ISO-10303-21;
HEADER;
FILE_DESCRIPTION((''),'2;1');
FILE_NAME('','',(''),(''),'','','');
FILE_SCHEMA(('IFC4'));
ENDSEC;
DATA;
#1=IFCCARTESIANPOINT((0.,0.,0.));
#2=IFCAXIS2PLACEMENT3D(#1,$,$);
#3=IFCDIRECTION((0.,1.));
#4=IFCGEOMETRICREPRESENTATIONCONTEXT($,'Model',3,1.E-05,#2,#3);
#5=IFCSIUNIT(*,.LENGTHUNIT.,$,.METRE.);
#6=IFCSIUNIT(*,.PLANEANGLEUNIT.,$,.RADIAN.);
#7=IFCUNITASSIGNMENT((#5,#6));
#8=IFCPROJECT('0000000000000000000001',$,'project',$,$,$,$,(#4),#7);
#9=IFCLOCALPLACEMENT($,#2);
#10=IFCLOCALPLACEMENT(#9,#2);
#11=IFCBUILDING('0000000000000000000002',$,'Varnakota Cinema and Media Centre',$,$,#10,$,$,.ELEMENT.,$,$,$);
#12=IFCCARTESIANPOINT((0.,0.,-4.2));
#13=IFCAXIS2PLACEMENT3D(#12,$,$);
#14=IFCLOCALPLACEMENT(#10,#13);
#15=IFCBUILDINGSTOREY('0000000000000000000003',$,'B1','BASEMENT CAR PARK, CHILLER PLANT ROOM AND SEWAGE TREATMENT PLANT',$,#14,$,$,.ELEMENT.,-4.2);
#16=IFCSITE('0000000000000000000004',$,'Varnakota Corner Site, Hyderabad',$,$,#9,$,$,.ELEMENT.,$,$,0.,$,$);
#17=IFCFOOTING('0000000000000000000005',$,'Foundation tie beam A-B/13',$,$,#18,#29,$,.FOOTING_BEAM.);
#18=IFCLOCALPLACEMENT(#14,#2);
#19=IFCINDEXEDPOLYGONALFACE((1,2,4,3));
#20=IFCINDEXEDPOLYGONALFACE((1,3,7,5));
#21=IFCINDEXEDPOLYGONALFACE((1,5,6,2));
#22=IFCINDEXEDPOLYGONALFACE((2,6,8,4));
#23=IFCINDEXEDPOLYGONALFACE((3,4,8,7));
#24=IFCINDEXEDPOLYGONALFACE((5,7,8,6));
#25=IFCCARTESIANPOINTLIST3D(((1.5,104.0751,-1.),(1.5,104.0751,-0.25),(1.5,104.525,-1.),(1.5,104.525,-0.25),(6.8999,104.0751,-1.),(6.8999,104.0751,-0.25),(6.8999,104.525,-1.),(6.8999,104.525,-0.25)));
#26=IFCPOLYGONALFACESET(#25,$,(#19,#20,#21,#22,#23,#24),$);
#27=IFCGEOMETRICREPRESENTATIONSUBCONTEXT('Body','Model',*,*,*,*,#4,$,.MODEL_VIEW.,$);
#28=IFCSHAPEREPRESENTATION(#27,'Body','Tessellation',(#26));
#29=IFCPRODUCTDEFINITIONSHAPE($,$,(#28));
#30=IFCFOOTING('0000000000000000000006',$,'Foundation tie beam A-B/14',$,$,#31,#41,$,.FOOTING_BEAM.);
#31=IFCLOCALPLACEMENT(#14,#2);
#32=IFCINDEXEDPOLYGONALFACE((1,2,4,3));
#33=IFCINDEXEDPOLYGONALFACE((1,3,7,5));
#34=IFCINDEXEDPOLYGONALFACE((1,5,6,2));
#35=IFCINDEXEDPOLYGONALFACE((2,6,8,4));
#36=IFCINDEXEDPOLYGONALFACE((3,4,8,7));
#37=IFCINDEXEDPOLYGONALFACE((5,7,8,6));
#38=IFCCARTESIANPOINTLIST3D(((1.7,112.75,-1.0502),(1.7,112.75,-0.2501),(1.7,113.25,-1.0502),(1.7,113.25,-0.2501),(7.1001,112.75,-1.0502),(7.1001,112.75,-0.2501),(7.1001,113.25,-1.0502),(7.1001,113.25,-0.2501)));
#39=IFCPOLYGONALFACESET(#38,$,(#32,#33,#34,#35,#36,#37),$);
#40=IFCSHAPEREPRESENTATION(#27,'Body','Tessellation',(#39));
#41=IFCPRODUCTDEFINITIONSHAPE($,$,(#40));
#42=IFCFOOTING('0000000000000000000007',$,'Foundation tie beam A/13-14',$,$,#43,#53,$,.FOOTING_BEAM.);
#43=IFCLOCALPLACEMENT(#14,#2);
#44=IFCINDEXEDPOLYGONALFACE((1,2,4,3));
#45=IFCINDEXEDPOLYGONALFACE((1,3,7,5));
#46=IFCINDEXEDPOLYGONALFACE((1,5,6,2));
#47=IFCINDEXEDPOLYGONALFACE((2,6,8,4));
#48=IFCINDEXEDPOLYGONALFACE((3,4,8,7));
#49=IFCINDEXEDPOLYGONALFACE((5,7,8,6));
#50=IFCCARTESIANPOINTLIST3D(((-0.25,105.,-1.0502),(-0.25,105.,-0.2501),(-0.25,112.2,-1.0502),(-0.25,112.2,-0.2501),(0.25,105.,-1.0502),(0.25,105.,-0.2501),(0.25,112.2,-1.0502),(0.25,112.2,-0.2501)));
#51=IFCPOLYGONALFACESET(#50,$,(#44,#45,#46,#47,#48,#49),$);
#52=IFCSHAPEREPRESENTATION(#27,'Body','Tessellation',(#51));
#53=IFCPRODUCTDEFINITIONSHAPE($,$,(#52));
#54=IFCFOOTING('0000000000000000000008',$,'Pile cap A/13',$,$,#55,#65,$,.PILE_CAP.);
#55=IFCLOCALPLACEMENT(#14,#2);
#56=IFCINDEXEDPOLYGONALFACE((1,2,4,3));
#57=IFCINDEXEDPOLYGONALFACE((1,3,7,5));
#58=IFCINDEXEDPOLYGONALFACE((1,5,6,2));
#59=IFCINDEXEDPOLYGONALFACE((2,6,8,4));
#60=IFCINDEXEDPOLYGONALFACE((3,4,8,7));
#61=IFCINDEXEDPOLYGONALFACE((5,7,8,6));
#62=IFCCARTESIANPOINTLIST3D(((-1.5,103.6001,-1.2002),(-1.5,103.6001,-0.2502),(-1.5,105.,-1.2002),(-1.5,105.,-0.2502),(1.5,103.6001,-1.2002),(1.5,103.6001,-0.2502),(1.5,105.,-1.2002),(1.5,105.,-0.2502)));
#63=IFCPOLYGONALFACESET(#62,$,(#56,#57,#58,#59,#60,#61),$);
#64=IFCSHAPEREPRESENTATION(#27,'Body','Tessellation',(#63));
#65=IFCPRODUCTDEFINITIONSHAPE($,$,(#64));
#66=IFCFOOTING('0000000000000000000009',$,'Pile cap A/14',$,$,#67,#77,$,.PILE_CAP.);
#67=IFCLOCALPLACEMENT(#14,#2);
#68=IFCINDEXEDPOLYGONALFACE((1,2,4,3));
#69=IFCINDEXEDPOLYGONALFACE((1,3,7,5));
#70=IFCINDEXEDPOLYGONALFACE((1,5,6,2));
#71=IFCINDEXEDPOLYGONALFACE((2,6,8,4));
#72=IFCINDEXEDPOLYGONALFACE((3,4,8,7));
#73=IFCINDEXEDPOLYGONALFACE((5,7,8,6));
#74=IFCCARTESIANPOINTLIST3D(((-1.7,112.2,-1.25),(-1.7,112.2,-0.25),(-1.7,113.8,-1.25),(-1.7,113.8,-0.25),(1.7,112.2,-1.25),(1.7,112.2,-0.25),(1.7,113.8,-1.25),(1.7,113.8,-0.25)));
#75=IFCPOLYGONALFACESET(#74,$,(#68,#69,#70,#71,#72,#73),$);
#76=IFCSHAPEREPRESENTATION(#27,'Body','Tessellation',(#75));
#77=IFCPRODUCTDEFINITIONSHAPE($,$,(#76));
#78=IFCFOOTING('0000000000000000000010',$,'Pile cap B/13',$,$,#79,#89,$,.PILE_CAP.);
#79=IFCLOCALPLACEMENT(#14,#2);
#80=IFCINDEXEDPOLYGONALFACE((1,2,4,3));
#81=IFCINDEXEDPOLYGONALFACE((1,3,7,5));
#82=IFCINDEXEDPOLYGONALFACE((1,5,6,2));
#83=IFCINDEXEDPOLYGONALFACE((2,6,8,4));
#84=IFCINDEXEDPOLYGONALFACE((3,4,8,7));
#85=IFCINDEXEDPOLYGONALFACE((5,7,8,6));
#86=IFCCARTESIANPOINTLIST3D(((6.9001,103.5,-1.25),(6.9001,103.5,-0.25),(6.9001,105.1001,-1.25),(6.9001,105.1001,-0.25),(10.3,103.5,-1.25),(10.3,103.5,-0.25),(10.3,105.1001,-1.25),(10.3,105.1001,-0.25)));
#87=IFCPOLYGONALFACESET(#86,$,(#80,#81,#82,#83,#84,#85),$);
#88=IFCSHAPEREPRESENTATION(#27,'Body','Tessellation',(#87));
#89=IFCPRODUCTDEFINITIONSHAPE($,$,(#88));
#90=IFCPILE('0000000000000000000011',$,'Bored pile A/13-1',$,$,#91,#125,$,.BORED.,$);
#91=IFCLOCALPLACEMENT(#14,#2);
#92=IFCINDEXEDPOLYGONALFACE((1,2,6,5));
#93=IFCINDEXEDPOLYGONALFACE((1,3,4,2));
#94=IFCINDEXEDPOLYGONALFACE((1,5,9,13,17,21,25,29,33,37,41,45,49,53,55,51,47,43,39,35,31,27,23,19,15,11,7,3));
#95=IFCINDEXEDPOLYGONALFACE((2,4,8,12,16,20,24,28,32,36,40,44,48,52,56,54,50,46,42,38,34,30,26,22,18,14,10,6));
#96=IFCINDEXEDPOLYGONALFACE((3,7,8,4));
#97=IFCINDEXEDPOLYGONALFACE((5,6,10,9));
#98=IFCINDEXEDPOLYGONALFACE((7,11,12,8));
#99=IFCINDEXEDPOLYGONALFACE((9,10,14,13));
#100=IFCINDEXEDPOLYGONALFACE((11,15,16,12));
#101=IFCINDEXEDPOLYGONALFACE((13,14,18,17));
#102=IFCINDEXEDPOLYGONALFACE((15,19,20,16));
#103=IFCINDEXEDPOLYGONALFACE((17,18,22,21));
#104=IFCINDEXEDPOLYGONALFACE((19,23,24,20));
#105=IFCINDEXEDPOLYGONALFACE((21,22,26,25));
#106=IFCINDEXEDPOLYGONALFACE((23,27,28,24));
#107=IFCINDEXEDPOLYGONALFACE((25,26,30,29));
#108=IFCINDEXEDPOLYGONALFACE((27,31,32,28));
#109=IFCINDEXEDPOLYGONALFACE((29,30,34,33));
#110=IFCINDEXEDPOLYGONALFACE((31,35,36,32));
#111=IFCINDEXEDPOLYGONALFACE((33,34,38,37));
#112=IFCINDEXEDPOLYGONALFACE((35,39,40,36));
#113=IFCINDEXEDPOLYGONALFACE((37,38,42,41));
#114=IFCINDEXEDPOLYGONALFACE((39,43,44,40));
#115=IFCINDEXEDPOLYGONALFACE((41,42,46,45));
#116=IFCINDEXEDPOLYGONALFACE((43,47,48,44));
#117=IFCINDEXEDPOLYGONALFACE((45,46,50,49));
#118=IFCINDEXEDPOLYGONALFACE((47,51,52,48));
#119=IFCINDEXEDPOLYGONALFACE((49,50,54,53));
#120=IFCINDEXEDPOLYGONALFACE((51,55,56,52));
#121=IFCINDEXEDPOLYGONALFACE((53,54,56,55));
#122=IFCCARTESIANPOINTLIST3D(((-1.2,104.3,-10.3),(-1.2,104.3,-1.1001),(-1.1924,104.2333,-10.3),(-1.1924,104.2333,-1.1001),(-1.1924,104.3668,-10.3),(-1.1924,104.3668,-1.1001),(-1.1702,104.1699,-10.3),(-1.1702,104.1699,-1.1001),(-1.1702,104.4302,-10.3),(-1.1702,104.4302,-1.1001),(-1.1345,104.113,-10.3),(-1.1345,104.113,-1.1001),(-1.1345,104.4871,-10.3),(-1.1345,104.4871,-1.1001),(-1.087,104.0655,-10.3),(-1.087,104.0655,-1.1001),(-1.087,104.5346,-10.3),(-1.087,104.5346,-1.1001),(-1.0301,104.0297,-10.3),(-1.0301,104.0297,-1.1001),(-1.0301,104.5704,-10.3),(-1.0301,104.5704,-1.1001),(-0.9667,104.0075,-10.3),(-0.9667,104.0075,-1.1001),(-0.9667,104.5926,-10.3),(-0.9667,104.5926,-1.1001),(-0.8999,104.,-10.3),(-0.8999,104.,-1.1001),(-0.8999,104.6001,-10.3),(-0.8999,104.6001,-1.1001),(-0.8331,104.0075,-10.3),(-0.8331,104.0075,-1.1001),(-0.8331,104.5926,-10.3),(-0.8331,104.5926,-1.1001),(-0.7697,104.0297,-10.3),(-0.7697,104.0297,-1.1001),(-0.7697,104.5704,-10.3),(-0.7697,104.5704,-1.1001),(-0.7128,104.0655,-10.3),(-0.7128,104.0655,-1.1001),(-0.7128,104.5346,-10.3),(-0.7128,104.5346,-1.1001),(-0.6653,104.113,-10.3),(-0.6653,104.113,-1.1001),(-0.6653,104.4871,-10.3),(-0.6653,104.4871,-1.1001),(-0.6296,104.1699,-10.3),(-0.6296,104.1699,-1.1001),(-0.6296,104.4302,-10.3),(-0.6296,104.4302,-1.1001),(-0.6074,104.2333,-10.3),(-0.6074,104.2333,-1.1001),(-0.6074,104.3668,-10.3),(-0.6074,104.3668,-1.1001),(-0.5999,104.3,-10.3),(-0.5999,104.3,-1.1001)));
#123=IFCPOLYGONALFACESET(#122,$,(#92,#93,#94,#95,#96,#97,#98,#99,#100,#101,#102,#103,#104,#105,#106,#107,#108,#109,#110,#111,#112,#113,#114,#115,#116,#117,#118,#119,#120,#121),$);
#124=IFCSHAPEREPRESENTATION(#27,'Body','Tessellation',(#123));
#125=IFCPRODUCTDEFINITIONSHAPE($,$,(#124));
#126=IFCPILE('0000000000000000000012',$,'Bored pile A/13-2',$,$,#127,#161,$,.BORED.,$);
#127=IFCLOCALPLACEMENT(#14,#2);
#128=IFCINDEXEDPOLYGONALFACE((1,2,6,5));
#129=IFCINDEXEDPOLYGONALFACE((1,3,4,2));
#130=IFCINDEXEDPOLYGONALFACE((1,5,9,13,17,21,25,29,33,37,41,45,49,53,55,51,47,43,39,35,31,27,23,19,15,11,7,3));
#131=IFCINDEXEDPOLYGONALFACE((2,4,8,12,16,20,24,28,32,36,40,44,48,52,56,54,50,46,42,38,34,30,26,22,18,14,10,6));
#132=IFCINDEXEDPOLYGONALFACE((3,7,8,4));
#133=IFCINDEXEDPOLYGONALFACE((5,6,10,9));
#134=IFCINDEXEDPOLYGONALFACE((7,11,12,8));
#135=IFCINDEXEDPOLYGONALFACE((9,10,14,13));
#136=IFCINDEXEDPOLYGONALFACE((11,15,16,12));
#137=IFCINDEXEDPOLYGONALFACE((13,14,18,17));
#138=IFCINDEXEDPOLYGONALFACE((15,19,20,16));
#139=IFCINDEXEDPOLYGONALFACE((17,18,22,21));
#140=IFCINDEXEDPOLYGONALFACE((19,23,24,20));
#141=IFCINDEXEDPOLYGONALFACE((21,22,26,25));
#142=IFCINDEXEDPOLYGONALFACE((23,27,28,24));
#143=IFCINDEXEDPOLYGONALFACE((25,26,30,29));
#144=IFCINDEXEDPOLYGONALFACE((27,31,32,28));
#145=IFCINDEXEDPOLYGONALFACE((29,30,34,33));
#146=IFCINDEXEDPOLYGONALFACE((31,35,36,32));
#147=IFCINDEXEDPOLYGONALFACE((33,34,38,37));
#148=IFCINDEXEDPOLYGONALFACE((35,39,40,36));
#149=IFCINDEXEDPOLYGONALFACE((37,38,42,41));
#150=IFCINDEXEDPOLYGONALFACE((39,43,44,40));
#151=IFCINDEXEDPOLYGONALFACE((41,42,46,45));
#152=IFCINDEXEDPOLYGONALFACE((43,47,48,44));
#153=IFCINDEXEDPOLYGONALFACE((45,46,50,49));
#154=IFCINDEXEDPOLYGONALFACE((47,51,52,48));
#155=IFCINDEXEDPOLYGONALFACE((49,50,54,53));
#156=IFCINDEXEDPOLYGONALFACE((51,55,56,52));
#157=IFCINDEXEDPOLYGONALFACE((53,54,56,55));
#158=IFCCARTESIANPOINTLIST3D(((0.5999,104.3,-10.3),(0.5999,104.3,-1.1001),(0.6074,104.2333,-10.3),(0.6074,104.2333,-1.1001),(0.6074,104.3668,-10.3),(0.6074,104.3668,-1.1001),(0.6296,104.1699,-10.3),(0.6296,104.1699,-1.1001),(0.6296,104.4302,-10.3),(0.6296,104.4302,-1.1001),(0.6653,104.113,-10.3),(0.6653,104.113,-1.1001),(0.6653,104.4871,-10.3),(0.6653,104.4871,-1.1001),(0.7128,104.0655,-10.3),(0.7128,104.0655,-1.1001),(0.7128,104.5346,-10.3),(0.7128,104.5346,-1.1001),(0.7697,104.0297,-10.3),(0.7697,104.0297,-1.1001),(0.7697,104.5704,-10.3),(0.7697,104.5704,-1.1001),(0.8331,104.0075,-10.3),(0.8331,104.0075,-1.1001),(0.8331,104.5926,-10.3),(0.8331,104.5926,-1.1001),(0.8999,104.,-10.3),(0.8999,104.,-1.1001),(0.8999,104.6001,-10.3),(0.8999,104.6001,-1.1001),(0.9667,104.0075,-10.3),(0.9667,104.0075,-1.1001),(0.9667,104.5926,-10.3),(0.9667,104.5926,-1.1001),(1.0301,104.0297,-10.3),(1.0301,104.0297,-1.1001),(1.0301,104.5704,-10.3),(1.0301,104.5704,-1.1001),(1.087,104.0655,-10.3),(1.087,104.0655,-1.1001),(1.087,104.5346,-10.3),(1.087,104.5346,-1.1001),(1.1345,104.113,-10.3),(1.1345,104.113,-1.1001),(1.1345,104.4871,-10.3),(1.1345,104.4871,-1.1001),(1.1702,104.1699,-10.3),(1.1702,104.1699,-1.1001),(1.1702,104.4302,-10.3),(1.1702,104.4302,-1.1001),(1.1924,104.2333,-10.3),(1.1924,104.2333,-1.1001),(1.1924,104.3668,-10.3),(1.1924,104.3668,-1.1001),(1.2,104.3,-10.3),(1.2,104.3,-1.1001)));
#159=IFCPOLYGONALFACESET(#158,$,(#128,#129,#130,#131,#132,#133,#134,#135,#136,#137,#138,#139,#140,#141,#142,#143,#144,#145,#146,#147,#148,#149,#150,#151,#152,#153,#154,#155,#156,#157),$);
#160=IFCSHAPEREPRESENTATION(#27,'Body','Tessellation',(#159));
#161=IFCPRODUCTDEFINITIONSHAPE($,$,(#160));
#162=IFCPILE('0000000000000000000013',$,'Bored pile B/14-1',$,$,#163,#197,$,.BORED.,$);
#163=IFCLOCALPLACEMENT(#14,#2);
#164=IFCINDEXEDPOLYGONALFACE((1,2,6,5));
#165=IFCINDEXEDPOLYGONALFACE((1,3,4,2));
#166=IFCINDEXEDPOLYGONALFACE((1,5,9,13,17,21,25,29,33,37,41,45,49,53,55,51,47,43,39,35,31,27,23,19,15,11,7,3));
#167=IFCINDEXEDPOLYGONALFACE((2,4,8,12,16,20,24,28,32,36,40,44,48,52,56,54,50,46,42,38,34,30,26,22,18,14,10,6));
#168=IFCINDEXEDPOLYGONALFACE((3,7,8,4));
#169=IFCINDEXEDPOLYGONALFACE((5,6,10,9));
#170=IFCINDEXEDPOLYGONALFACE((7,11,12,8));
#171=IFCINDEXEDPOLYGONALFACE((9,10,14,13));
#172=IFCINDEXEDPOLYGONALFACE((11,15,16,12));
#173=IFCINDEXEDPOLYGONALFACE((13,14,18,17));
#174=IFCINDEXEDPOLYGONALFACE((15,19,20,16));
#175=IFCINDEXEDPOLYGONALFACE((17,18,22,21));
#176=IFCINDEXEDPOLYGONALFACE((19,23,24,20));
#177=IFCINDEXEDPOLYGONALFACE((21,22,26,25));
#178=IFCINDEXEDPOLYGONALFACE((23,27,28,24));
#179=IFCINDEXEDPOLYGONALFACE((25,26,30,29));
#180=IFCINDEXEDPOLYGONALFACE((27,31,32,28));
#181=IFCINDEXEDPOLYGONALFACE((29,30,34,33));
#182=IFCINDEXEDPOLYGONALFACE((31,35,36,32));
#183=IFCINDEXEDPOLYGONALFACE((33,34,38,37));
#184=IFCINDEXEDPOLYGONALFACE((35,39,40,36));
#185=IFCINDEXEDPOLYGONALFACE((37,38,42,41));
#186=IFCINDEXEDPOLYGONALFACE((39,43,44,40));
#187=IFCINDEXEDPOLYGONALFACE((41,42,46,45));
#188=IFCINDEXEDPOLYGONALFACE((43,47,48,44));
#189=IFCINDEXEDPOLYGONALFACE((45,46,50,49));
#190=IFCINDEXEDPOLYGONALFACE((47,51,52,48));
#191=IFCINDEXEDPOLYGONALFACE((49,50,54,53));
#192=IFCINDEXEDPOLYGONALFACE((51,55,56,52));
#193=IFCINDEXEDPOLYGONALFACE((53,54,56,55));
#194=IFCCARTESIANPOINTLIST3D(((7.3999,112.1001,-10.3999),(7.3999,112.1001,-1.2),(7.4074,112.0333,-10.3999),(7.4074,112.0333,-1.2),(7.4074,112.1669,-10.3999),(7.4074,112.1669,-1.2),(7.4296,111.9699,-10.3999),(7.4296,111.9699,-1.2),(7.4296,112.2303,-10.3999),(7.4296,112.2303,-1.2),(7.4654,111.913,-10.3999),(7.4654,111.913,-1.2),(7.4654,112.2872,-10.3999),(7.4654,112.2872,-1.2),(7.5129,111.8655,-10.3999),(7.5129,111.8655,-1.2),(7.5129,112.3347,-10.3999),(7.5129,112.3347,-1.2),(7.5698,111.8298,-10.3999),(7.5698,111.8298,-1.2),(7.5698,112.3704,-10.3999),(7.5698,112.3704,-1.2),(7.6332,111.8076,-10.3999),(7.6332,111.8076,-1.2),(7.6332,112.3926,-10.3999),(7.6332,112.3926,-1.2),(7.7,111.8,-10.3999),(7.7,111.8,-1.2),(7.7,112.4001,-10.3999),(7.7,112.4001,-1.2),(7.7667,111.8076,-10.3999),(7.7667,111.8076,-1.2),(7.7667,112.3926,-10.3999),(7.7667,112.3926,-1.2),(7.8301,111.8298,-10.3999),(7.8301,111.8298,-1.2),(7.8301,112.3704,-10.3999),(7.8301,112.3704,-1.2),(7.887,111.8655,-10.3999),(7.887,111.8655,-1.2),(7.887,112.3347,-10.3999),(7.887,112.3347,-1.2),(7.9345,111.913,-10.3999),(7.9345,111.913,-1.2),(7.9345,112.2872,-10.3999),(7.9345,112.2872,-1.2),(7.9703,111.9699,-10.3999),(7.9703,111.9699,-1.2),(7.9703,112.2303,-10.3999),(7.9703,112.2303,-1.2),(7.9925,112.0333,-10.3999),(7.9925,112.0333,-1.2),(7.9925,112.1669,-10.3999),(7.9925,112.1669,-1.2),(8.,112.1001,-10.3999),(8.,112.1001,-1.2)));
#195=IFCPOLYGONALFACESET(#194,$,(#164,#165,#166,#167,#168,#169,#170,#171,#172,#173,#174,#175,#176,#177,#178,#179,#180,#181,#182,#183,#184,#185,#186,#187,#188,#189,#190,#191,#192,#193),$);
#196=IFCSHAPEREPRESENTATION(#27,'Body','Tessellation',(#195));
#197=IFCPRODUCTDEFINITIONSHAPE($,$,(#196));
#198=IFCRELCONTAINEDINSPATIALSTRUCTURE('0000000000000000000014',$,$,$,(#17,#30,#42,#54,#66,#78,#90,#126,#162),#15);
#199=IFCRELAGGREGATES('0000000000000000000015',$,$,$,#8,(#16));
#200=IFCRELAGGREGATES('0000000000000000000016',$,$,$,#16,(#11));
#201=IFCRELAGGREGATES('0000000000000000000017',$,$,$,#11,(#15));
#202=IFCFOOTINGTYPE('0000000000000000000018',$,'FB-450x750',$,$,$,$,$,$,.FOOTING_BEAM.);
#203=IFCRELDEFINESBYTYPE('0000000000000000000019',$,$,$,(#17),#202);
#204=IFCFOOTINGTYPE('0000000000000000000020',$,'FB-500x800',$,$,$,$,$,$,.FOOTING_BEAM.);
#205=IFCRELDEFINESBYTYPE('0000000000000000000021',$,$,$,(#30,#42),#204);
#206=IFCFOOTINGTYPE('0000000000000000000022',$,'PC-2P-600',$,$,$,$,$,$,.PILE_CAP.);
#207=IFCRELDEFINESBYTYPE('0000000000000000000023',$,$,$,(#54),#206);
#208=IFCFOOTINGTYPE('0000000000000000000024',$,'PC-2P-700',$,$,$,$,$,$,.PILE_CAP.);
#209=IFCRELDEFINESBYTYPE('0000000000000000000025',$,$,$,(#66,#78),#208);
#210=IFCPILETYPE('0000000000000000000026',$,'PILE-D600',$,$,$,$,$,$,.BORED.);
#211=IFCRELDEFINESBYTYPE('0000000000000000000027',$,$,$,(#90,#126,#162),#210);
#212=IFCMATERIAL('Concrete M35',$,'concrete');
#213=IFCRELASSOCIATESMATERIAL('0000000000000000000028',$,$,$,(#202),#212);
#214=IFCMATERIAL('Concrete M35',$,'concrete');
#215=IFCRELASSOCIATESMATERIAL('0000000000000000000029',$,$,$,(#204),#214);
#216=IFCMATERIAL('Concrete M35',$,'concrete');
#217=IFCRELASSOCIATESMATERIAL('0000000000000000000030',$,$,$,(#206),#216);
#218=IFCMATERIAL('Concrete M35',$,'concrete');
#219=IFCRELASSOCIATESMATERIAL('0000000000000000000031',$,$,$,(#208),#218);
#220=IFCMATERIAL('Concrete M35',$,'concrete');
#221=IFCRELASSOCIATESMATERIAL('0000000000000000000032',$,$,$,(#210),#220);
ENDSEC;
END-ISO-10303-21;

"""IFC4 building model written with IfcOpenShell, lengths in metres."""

from ifc_helpers import new_model, si_unit, direction, frame, origin, origin_2d, place, context, subcontext, project, spatial, rectangle, circle, extrude, material, material_profile, profile_set, type_object, element, save


model = new_model("IFC4")

# Units and contexts
model_context = context("Model", 3, precision=1e-05, world=origin(), true_north=direction((0.0, 1.0)))
body_context = subcontext(model_context, "Body", "Model", "MODEL_VIEW")
ifc_project = project(units=[si_unit("LENGTHUNIT", "METRE"), si_unit("PLANEANGLEUNIT", "RADIAN")], contexts=[model_context])

# Site, building, storey
site_placement = place(None, origin())
site = spatial("IfcSite", under=ifc_project, at=site_placement, Name="Varnakota Corner Site, Hyderabad", CompositionType="ELEMENT", RefElevation=0.0)
building_placement = place(site_placement, origin())
building = spatial("IfcBuilding", under=site, at=building_placement, Name="Varnakota Cinema and Media Centre", CompositionType="ELEMENT")
storey_placement = place(building_placement, frame((0.0, 0.0, -4.2)))
storey = spatial("IfcBuildingStorey", under=building, at=storey_placement, Name="B1", Description="BASEMENT CAR PARK, CHILLER PLANT ROOM AND SEWAGE TREATMENT PLANT", CompositionType="ELEMENT", Elevation=-4.2)

# Footings
ifc_material_1 = material(Name="Concrete M35", Category="concrete")
ifc_material_profile_1 = material_profile(ifc_material_1, rectangle(XDim=0.45, YDim=0.75, at=origin_2d()), Name="FB 450x750")
ifc_profile_set_1 = profile_set([ifc_material_profile_1], Name="Concrete M35")
footing_type_1 = type_object("IfcFootingType", Name="FB-450x750", PredefinedType="FOOTING_BEAM", material=ifc_profile_set_1)
footing_1_placement = place(storey_placement, frame((1.5, 104.3, -0.625), z_axis=(1.0, 0.0, 0.0), x_axis=(0.0, 1.0, 0.0)))
element("IfcFooting", 1, at=footing_1_placement, inside=storey, type_object=footing_type_1, Name="Foundation tie beam A-B/13", PredefinedType="FOOTING_BEAM", context=body_context, shape_type="SweptSolid", body=[
    extrude(rectangle(XDim=0.45, YDim=0.75, at=origin_2d()), origin(), (0.0, 0.0, 1.0), 5.3999),
])
ifc_material_2 = material(Name="Concrete M35", Category="concrete")
ifc_material_profile_2 = material_profile(ifc_material_2, rectangle(XDim=0.5, YDim=0.8, at=origin_2d()), Name="FB 500x800")
ifc_profile_set_2 = profile_set([ifc_material_profile_2], Name="Concrete M35")
footing_type_2 = type_object("IfcFootingType", Name="FB-500x800", PredefinedType="FOOTING_BEAM", material=ifc_profile_set_2)
footing_2_placement = place(storey_placement, frame((1.7, 113.0, -0.6501), z_axis=(1.0, 0.0, 0.0), x_axis=(0.0, 1.0, 0.0)))
element("IfcFooting", 2, at=footing_2_placement, inside=storey, type_object=footing_type_2, Name="Foundation tie beam A-B/14", PredefinedType="FOOTING_BEAM", context=body_context, shape_type="SweptSolid", body=[
    extrude(rectangle(XDim=0.5, YDim=0.8, at=origin_2d()), origin(), (0.0, 0.0, 1.0), 5.4001),
])
footing_3_placement = place(storey_placement, frame((0.0, 105.0, -0.6501), z_axis=(0.0, 1.0, 0.0), x_axis=(-1.0, 0.0, 0.0)))
element("IfcFooting", 3, at=footing_3_placement, inside=storey, type_object=footing_type_2, Name="Foundation tie beam A/13-14", PredefinedType="FOOTING_BEAM", context=body_context, shape_type="SweptSolid", body=[
    extrude(rectangle(XDim=0.5, YDim=0.8, at=origin_2d()), origin(), (0.0, 0.0, 1.0), 7.2),
])
ifc_material_3 = material(Name="Concrete M35", Category="concrete")
footing_type_3 = type_object("IfcFootingType", Name="PC-2P-600", PredefinedType="PILE_CAP", material=ifc_material_3)
footing_4_placement = place(storey_placement, frame((0.0, 104.3, -1.2002), z_axis=(0.0, 0.0, 1.0), x_axis=(1.0, 0.0, 0.0)))
element("IfcFooting", 4, at=footing_4_placement, inside=storey, type_object=footing_type_3, Name="Pile cap A/13", PredefinedType="PILE_CAP", context=body_context, shape_type="SweptSolid", body=[
    extrude(rectangle(XDim=3.0, YDim=1.3999, at=origin_2d()), origin(), (0.0, 0.0, 1.0), 0.95),
])
ifc_material_4 = material(Name="Concrete M35", Category="concrete")
footing_type_4 = type_object("IfcFootingType", Name="PC-2P-700", PredefinedType="PILE_CAP", material=ifc_material_4)
for number, where, z_axis, x_axis, name in (
    (5, (0.0, 113.0, -1.25), (0.0, 0.0, 1.0), (1.0, 0.0, 0.0), "Pile cap A/14"),
    (6, (8.6001, 104.3, -1.25), (0.0, 0.0, 1.0), (1.0, 0.0, 0.0), "Pile cap B/13"),
):
    element("IfcFooting", number, at=place(storey_placement, frame(where, z_axis=z_axis, x_axis=x_axis)), inside=storey, type_object=footing_type_4, Name=name, PredefinedType="PILE_CAP", context=body_context, shape_type="SweptSolid", body=[
        extrude(rectangle(XDim=3.3999, YDim=1.6001, at=origin_2d()), origin(), (0.0, 0.0, 1.0), 1.0),
    ])

# Piles
ifc_material_5 = material(Name="Concrete M35", Category="concrete")
ifc_material_profile_3 = material_profile(ifc_material_5, circle(Radius=0.3, at=origin_2d()), Name="PILE D600")
ifc_profile_set_3 = profile_set([ifc_material_profile_3], Name="Concrete M35")
pile_type_1 = type_object("IfcPileType", Name="PILE-D600", PredefinedType="BORED", material=ifc_profile_set_3)
for number, where, z_axis, x_axis, name in (
    (7, (-0.8999, 104.3, -1.1001), (0.0, 0.0, -1.0), (1.0, 0.0, 0.0), "Bored pile A/13-1"),
    (8, (0.8999, 104.3, -1.1001), (0.0, 0.0, -1.0), (1.0, 0.0, 0.0), "Bored pile A/13-2"),
    (9, (7.7, 112.1001, -1.2), (0.0, 0.0, -1.0), (1.0, 0.0, 0.0), "Bored pile B/14-1"),
):
    element("IfcPile", number, at=place(storey_placement, frame(where, z_axis=z_axis, x_axis=x_axis)), inside=storey, type_object=pile_type_1, Name=name, PredefinedType="BORED", context=body_context, shape_type="SweptSolid", body=[
        extrude(circle(Radius=0.3, at=origin_2d()), origin(), (0.0, 0.0, 1.0), 9.2),
    ])

save(model, "model.ifc")
